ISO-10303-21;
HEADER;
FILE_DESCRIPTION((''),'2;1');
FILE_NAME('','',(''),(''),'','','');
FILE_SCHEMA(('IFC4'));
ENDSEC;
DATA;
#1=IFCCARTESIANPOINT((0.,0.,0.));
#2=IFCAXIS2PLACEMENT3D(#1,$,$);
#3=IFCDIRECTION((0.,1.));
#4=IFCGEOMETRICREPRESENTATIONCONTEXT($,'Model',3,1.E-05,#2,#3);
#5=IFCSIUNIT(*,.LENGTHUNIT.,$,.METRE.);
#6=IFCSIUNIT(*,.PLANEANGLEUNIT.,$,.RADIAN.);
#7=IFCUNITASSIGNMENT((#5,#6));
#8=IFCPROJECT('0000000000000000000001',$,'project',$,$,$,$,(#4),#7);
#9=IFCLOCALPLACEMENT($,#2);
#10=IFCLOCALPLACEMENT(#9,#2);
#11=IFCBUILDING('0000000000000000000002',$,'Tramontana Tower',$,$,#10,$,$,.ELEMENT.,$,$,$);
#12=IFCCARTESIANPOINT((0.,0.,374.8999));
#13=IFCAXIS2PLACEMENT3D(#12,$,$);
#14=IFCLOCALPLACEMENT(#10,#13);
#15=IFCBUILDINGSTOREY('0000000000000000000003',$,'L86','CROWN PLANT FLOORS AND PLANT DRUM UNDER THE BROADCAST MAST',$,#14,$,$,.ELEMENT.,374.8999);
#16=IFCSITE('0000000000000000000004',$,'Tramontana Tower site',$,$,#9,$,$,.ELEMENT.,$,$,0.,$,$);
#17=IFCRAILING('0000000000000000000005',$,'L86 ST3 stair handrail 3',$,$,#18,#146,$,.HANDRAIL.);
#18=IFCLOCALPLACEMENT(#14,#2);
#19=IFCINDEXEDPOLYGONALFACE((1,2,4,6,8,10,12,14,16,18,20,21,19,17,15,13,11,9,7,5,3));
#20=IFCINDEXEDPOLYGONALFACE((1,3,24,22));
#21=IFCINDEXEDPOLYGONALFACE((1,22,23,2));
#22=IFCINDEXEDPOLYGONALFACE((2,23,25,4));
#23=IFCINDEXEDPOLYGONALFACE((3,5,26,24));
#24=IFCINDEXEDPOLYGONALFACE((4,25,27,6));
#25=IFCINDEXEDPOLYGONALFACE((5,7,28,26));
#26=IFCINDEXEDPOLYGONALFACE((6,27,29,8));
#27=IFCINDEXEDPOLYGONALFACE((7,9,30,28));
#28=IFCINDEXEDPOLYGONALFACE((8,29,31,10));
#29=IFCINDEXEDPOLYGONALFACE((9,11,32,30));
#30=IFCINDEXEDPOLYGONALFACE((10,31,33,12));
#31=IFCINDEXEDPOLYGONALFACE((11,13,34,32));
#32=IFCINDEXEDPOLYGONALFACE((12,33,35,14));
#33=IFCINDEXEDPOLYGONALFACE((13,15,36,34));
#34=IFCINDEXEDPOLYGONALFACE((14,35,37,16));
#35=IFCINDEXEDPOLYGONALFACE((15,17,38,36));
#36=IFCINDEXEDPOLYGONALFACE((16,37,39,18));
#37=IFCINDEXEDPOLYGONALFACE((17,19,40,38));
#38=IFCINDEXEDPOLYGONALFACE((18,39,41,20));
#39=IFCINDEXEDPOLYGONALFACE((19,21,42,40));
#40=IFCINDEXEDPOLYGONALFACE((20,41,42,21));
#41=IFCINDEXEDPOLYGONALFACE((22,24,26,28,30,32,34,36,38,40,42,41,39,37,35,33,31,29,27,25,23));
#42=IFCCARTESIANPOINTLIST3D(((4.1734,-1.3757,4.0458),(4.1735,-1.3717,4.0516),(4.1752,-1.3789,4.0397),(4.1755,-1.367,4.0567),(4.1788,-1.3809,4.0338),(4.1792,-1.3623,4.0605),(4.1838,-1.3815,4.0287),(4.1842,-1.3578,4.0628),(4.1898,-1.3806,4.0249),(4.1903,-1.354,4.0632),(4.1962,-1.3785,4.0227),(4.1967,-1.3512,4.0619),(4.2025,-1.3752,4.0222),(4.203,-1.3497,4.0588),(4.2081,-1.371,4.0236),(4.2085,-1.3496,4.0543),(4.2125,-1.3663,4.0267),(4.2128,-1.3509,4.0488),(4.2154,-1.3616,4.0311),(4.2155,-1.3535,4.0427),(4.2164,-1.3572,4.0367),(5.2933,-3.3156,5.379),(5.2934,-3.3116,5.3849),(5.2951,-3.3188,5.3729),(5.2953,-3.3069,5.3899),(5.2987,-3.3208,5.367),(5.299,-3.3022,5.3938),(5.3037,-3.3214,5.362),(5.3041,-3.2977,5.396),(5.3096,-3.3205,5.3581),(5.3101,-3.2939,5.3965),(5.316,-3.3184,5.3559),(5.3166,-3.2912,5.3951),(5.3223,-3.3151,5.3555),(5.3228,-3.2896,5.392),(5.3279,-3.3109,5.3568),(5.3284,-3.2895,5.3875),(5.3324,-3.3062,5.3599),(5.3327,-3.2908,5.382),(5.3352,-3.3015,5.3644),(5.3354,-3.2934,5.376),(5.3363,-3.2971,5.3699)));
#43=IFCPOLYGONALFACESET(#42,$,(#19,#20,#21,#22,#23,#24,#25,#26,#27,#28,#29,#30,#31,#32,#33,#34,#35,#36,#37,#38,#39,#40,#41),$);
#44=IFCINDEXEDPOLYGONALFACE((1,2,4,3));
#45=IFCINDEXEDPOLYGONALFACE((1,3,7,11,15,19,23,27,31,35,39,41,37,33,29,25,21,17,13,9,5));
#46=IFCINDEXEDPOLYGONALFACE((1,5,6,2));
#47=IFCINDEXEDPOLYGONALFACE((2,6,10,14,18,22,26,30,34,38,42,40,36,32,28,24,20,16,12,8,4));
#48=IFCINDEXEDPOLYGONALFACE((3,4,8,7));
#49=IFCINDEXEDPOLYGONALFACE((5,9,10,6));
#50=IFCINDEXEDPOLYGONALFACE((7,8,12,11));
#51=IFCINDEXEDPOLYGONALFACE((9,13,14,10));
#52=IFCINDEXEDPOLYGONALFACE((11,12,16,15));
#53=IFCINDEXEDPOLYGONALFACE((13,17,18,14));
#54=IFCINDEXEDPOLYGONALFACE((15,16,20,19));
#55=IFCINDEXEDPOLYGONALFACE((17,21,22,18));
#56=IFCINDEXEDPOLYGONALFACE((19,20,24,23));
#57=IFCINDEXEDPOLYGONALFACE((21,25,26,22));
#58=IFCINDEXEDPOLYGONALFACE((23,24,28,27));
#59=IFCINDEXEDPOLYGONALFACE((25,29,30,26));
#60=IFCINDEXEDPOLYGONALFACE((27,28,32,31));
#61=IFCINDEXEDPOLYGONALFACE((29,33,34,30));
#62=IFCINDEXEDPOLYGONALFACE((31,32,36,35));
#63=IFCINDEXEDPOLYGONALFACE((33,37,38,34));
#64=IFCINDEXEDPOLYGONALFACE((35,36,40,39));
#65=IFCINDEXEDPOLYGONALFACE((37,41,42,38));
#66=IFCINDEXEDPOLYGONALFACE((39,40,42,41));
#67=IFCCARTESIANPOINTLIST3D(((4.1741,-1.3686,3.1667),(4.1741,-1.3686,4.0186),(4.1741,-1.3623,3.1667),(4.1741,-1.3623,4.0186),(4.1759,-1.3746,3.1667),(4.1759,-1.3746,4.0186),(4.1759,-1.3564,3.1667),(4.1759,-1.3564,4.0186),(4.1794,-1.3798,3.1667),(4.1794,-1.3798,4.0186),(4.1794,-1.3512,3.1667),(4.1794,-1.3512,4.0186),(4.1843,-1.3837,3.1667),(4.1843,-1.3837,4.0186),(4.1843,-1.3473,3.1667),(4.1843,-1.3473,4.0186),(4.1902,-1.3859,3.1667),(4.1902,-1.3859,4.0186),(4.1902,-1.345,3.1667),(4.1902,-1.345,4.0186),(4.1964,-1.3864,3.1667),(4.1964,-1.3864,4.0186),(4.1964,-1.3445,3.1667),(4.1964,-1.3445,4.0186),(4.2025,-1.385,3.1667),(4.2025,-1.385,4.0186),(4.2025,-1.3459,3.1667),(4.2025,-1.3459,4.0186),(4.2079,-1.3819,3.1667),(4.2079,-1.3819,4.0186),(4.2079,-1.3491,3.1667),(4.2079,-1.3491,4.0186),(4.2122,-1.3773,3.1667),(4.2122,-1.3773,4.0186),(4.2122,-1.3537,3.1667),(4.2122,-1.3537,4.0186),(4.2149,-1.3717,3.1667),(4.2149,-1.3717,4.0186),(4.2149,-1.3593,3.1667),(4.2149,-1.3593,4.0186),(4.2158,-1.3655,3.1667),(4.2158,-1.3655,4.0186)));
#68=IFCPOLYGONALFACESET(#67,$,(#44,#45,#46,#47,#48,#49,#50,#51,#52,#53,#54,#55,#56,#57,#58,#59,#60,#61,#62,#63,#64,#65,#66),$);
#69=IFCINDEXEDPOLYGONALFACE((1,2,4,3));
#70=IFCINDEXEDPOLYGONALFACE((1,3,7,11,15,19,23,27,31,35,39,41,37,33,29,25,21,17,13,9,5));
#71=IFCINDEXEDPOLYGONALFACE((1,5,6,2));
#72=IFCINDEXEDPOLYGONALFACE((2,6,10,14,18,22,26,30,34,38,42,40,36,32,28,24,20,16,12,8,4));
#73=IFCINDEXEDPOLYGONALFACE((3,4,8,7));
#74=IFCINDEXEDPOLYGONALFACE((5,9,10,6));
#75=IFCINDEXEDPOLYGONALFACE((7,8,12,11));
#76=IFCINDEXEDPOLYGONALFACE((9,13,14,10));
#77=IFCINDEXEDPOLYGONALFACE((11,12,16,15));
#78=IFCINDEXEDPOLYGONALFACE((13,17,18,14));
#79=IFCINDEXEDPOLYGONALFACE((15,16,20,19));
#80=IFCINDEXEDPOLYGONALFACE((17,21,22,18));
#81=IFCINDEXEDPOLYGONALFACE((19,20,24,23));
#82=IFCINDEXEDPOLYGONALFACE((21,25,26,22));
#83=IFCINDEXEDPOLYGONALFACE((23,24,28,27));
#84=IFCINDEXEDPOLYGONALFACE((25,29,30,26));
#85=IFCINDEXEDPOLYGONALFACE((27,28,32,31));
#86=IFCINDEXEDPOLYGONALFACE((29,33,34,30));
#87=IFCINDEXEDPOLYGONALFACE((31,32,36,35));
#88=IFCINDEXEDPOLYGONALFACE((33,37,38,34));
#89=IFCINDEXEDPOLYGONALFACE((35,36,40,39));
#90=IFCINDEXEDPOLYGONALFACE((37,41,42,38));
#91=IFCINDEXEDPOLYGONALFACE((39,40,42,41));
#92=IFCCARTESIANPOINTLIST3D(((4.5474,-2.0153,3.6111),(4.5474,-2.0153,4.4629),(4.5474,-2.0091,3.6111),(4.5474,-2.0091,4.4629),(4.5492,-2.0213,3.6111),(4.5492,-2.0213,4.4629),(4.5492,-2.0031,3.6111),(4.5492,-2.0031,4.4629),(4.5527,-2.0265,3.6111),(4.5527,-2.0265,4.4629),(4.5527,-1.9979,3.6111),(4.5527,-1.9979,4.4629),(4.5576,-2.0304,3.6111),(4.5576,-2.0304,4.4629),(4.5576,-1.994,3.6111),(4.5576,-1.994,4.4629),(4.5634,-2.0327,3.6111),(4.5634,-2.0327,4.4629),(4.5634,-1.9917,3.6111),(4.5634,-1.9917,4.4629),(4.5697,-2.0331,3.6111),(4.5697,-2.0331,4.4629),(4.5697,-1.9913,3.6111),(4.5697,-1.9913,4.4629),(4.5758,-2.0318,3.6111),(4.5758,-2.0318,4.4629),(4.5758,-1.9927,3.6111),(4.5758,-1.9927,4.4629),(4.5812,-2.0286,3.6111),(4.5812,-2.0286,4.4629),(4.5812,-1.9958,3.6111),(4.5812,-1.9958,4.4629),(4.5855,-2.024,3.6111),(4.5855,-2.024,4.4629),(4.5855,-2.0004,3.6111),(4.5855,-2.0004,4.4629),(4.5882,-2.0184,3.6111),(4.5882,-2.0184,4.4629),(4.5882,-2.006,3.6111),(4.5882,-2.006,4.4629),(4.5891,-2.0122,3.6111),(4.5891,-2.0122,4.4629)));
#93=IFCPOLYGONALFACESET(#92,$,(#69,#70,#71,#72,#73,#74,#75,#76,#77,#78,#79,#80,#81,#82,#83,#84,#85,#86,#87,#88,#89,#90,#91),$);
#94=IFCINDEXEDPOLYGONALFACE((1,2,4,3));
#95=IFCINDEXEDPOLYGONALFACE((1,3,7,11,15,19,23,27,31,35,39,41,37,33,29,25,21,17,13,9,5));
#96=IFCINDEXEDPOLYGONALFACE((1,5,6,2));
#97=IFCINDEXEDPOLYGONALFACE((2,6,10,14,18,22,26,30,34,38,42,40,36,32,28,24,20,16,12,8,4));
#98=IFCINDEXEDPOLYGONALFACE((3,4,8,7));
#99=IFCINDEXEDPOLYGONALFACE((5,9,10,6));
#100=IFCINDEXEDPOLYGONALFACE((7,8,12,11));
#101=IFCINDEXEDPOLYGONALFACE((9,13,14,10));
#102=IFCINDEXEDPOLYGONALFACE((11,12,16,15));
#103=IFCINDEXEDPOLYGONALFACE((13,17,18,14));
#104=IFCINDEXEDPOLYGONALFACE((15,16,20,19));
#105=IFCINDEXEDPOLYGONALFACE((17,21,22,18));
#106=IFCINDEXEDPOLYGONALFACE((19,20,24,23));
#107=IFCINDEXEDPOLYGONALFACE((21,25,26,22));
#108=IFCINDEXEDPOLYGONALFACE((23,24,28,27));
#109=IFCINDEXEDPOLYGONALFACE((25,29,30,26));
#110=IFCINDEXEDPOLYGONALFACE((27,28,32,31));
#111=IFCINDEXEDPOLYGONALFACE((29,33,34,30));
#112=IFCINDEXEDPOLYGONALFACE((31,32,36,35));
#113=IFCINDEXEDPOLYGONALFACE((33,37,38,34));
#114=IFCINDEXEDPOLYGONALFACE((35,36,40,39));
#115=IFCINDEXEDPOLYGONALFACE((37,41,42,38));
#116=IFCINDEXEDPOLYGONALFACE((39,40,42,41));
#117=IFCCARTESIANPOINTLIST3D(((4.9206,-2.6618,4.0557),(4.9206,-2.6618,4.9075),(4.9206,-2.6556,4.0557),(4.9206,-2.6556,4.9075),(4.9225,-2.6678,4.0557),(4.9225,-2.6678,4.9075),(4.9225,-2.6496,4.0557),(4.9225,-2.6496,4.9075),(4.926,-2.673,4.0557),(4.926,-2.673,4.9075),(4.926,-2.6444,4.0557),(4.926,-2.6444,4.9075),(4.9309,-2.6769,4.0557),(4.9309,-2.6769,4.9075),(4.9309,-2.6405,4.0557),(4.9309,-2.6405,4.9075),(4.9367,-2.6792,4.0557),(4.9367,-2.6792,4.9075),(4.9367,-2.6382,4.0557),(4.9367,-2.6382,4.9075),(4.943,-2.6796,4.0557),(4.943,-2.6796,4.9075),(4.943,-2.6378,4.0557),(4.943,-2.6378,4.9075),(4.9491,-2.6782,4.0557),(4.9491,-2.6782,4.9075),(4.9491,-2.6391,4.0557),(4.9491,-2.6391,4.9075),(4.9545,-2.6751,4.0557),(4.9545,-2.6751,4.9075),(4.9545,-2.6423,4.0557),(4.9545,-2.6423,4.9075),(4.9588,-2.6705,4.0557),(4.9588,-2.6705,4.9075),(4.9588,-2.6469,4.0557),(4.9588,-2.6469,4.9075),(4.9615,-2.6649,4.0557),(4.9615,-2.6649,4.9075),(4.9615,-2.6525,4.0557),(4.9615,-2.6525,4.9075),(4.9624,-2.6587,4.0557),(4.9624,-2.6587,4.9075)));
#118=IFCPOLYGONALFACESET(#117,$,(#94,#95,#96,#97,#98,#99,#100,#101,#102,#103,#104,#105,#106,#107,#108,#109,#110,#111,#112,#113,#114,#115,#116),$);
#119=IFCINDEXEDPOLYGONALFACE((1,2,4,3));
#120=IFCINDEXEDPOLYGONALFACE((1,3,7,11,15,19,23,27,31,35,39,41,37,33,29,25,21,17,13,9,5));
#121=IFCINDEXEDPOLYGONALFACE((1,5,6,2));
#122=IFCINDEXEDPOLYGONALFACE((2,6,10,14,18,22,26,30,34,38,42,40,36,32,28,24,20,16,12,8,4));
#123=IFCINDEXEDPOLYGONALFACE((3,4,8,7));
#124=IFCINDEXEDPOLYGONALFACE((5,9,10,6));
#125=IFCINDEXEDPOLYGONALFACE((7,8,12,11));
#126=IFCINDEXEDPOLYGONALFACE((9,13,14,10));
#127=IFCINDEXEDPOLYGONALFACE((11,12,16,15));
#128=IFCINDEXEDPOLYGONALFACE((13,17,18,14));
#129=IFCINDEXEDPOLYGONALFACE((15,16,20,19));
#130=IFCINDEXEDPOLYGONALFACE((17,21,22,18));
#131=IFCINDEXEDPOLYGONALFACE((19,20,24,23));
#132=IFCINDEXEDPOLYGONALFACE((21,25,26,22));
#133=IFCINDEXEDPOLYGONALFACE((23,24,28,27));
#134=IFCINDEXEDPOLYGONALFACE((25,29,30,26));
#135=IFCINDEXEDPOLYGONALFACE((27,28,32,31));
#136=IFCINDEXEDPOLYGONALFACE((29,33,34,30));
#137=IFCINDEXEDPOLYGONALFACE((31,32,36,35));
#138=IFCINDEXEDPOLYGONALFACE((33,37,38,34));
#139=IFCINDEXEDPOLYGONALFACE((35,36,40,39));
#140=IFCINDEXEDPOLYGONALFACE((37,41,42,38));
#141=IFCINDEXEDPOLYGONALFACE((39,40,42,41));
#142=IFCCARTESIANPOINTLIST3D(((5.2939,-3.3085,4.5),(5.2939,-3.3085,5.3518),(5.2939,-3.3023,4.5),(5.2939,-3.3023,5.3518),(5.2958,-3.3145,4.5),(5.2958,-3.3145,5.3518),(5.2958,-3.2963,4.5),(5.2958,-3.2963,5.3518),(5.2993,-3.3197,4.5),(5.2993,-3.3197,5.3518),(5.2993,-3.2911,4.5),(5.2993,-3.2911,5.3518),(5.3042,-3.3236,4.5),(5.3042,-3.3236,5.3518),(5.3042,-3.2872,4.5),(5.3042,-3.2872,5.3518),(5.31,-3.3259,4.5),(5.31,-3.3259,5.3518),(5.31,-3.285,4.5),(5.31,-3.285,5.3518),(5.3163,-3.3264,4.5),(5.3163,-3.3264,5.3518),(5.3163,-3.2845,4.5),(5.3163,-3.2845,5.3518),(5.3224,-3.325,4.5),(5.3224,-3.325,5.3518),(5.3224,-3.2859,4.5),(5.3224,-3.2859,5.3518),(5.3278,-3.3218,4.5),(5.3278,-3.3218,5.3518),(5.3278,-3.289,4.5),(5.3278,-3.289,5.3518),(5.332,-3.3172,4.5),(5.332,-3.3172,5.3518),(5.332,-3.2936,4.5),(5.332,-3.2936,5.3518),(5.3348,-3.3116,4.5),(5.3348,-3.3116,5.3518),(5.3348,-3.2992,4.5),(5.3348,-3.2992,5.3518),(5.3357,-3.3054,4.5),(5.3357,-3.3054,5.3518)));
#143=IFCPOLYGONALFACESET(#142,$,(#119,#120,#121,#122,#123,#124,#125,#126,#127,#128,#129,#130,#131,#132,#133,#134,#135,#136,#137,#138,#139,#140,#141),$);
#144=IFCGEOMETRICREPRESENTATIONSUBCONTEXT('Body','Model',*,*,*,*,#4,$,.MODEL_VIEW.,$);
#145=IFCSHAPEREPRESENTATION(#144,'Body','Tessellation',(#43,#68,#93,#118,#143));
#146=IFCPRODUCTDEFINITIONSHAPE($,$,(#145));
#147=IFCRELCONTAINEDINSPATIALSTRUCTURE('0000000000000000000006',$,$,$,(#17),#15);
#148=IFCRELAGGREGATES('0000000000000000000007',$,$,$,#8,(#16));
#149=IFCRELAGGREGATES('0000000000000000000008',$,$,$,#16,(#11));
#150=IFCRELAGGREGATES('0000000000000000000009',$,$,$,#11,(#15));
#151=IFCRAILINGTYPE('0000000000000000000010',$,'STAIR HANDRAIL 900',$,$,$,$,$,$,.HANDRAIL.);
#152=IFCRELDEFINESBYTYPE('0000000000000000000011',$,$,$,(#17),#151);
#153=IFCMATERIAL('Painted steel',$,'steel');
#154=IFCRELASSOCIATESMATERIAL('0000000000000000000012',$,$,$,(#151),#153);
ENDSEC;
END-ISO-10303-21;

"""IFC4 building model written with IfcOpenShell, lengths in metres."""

from ifc_helpers import new_model, si_unit, direction, frame, origin, origin_2d, place, context, subcontext, project, spatial, circle, extrude, material, type_object, element, save


model = new_model("IFC4")

# Units and contexts
model_context = context("Model", 3, precision=1e-05, world=origin(), true_north=direction((0.0, 1.0)))
body_context = subcontext(model_context, "Body", "Model", "MODEL_VIEW")
ifc_project = project(units=[si_unit("LENGTHUNIT", "METRE"), si_unit("PLANEANGLEUNIT", "RADIAN")], contexts=[model_context])

# Site, building, storey
site_placement = place(None, origin())
site = spatial("IfcSite", under=ifc_project, at=site_placement, Name="Tramontana Tower site", CompositionType="ELEMENT", RefElevation=0.0)
building_placement = place(site_placement, origin())
building = spatial("IfcBuilding", under=site, at=building_placement, Name="Tramontana Tower", CompositionType="ELEMENT")
storey_placement = place(building_placement, frame((0.0, 0.0, 374.8999)))
storey = spatial("IfcBuildingStorey", under=building, at=storey_placement, Name="L86", Description="CROWN PLANT FLOORS AND PLANT DRUM UNDER THE BROADCAST MAST", CompositionType="ELEMENT", Elevation=374.8999)

# Railing
ifc_material_1 = material(Name="Painted steel", Category="steel")
railing_type_1 = type_object("IfcRailingType", Name="STAIR HANDRAIL 900", PredefinedType="HANDRAIL", material=ifc_material_1)
railing_1_placement = place(storey_placement, frame((4.1948, -1.3655, 3.1667)))
element("IfcRailing", 1, at=railing_1_placement, inside=storey, type_object=railing_type_1, Name="L86 ST3 stair handrail 3", PredefinedType="HANDRAIL", context=body_context, shape_type="SweptSolid", body=[
    extrude(circle(Radius=0.0239, at=origin_2d()), frame((0.0, 0.0, 0.876), z_axis=(0.429608, -0.744205, 0.511465), x_axis=(0.866055, 0.499949, 0.0)), (0.0, 0.0, 1.0), 2.6067),
    extrude(circle(Radius=0.021, at=origin_2d()), origin(), (0.0, 0.0, 1.0), 0.8518),
    extrude(circle(Radius=0.021, at=origin_2d()), frame((0.3733, -0.6467, 0.4443)), (0.0, 0.0, 1.0), 0.8518),
    extrude(circle(Radius=0.021, at=origin_2d()), frame((0.7466, -1.2932, 0.8889)), (0.0, 0.0, 1.0), 0.8518),
    extrude(circle(Radius=0.021, at=origin_2d()), frame((1.1199, -1.9399, 1.3333)), (0.0, 0.0, 1.0), 0.8518),
])

save(model, "model.ifc")
